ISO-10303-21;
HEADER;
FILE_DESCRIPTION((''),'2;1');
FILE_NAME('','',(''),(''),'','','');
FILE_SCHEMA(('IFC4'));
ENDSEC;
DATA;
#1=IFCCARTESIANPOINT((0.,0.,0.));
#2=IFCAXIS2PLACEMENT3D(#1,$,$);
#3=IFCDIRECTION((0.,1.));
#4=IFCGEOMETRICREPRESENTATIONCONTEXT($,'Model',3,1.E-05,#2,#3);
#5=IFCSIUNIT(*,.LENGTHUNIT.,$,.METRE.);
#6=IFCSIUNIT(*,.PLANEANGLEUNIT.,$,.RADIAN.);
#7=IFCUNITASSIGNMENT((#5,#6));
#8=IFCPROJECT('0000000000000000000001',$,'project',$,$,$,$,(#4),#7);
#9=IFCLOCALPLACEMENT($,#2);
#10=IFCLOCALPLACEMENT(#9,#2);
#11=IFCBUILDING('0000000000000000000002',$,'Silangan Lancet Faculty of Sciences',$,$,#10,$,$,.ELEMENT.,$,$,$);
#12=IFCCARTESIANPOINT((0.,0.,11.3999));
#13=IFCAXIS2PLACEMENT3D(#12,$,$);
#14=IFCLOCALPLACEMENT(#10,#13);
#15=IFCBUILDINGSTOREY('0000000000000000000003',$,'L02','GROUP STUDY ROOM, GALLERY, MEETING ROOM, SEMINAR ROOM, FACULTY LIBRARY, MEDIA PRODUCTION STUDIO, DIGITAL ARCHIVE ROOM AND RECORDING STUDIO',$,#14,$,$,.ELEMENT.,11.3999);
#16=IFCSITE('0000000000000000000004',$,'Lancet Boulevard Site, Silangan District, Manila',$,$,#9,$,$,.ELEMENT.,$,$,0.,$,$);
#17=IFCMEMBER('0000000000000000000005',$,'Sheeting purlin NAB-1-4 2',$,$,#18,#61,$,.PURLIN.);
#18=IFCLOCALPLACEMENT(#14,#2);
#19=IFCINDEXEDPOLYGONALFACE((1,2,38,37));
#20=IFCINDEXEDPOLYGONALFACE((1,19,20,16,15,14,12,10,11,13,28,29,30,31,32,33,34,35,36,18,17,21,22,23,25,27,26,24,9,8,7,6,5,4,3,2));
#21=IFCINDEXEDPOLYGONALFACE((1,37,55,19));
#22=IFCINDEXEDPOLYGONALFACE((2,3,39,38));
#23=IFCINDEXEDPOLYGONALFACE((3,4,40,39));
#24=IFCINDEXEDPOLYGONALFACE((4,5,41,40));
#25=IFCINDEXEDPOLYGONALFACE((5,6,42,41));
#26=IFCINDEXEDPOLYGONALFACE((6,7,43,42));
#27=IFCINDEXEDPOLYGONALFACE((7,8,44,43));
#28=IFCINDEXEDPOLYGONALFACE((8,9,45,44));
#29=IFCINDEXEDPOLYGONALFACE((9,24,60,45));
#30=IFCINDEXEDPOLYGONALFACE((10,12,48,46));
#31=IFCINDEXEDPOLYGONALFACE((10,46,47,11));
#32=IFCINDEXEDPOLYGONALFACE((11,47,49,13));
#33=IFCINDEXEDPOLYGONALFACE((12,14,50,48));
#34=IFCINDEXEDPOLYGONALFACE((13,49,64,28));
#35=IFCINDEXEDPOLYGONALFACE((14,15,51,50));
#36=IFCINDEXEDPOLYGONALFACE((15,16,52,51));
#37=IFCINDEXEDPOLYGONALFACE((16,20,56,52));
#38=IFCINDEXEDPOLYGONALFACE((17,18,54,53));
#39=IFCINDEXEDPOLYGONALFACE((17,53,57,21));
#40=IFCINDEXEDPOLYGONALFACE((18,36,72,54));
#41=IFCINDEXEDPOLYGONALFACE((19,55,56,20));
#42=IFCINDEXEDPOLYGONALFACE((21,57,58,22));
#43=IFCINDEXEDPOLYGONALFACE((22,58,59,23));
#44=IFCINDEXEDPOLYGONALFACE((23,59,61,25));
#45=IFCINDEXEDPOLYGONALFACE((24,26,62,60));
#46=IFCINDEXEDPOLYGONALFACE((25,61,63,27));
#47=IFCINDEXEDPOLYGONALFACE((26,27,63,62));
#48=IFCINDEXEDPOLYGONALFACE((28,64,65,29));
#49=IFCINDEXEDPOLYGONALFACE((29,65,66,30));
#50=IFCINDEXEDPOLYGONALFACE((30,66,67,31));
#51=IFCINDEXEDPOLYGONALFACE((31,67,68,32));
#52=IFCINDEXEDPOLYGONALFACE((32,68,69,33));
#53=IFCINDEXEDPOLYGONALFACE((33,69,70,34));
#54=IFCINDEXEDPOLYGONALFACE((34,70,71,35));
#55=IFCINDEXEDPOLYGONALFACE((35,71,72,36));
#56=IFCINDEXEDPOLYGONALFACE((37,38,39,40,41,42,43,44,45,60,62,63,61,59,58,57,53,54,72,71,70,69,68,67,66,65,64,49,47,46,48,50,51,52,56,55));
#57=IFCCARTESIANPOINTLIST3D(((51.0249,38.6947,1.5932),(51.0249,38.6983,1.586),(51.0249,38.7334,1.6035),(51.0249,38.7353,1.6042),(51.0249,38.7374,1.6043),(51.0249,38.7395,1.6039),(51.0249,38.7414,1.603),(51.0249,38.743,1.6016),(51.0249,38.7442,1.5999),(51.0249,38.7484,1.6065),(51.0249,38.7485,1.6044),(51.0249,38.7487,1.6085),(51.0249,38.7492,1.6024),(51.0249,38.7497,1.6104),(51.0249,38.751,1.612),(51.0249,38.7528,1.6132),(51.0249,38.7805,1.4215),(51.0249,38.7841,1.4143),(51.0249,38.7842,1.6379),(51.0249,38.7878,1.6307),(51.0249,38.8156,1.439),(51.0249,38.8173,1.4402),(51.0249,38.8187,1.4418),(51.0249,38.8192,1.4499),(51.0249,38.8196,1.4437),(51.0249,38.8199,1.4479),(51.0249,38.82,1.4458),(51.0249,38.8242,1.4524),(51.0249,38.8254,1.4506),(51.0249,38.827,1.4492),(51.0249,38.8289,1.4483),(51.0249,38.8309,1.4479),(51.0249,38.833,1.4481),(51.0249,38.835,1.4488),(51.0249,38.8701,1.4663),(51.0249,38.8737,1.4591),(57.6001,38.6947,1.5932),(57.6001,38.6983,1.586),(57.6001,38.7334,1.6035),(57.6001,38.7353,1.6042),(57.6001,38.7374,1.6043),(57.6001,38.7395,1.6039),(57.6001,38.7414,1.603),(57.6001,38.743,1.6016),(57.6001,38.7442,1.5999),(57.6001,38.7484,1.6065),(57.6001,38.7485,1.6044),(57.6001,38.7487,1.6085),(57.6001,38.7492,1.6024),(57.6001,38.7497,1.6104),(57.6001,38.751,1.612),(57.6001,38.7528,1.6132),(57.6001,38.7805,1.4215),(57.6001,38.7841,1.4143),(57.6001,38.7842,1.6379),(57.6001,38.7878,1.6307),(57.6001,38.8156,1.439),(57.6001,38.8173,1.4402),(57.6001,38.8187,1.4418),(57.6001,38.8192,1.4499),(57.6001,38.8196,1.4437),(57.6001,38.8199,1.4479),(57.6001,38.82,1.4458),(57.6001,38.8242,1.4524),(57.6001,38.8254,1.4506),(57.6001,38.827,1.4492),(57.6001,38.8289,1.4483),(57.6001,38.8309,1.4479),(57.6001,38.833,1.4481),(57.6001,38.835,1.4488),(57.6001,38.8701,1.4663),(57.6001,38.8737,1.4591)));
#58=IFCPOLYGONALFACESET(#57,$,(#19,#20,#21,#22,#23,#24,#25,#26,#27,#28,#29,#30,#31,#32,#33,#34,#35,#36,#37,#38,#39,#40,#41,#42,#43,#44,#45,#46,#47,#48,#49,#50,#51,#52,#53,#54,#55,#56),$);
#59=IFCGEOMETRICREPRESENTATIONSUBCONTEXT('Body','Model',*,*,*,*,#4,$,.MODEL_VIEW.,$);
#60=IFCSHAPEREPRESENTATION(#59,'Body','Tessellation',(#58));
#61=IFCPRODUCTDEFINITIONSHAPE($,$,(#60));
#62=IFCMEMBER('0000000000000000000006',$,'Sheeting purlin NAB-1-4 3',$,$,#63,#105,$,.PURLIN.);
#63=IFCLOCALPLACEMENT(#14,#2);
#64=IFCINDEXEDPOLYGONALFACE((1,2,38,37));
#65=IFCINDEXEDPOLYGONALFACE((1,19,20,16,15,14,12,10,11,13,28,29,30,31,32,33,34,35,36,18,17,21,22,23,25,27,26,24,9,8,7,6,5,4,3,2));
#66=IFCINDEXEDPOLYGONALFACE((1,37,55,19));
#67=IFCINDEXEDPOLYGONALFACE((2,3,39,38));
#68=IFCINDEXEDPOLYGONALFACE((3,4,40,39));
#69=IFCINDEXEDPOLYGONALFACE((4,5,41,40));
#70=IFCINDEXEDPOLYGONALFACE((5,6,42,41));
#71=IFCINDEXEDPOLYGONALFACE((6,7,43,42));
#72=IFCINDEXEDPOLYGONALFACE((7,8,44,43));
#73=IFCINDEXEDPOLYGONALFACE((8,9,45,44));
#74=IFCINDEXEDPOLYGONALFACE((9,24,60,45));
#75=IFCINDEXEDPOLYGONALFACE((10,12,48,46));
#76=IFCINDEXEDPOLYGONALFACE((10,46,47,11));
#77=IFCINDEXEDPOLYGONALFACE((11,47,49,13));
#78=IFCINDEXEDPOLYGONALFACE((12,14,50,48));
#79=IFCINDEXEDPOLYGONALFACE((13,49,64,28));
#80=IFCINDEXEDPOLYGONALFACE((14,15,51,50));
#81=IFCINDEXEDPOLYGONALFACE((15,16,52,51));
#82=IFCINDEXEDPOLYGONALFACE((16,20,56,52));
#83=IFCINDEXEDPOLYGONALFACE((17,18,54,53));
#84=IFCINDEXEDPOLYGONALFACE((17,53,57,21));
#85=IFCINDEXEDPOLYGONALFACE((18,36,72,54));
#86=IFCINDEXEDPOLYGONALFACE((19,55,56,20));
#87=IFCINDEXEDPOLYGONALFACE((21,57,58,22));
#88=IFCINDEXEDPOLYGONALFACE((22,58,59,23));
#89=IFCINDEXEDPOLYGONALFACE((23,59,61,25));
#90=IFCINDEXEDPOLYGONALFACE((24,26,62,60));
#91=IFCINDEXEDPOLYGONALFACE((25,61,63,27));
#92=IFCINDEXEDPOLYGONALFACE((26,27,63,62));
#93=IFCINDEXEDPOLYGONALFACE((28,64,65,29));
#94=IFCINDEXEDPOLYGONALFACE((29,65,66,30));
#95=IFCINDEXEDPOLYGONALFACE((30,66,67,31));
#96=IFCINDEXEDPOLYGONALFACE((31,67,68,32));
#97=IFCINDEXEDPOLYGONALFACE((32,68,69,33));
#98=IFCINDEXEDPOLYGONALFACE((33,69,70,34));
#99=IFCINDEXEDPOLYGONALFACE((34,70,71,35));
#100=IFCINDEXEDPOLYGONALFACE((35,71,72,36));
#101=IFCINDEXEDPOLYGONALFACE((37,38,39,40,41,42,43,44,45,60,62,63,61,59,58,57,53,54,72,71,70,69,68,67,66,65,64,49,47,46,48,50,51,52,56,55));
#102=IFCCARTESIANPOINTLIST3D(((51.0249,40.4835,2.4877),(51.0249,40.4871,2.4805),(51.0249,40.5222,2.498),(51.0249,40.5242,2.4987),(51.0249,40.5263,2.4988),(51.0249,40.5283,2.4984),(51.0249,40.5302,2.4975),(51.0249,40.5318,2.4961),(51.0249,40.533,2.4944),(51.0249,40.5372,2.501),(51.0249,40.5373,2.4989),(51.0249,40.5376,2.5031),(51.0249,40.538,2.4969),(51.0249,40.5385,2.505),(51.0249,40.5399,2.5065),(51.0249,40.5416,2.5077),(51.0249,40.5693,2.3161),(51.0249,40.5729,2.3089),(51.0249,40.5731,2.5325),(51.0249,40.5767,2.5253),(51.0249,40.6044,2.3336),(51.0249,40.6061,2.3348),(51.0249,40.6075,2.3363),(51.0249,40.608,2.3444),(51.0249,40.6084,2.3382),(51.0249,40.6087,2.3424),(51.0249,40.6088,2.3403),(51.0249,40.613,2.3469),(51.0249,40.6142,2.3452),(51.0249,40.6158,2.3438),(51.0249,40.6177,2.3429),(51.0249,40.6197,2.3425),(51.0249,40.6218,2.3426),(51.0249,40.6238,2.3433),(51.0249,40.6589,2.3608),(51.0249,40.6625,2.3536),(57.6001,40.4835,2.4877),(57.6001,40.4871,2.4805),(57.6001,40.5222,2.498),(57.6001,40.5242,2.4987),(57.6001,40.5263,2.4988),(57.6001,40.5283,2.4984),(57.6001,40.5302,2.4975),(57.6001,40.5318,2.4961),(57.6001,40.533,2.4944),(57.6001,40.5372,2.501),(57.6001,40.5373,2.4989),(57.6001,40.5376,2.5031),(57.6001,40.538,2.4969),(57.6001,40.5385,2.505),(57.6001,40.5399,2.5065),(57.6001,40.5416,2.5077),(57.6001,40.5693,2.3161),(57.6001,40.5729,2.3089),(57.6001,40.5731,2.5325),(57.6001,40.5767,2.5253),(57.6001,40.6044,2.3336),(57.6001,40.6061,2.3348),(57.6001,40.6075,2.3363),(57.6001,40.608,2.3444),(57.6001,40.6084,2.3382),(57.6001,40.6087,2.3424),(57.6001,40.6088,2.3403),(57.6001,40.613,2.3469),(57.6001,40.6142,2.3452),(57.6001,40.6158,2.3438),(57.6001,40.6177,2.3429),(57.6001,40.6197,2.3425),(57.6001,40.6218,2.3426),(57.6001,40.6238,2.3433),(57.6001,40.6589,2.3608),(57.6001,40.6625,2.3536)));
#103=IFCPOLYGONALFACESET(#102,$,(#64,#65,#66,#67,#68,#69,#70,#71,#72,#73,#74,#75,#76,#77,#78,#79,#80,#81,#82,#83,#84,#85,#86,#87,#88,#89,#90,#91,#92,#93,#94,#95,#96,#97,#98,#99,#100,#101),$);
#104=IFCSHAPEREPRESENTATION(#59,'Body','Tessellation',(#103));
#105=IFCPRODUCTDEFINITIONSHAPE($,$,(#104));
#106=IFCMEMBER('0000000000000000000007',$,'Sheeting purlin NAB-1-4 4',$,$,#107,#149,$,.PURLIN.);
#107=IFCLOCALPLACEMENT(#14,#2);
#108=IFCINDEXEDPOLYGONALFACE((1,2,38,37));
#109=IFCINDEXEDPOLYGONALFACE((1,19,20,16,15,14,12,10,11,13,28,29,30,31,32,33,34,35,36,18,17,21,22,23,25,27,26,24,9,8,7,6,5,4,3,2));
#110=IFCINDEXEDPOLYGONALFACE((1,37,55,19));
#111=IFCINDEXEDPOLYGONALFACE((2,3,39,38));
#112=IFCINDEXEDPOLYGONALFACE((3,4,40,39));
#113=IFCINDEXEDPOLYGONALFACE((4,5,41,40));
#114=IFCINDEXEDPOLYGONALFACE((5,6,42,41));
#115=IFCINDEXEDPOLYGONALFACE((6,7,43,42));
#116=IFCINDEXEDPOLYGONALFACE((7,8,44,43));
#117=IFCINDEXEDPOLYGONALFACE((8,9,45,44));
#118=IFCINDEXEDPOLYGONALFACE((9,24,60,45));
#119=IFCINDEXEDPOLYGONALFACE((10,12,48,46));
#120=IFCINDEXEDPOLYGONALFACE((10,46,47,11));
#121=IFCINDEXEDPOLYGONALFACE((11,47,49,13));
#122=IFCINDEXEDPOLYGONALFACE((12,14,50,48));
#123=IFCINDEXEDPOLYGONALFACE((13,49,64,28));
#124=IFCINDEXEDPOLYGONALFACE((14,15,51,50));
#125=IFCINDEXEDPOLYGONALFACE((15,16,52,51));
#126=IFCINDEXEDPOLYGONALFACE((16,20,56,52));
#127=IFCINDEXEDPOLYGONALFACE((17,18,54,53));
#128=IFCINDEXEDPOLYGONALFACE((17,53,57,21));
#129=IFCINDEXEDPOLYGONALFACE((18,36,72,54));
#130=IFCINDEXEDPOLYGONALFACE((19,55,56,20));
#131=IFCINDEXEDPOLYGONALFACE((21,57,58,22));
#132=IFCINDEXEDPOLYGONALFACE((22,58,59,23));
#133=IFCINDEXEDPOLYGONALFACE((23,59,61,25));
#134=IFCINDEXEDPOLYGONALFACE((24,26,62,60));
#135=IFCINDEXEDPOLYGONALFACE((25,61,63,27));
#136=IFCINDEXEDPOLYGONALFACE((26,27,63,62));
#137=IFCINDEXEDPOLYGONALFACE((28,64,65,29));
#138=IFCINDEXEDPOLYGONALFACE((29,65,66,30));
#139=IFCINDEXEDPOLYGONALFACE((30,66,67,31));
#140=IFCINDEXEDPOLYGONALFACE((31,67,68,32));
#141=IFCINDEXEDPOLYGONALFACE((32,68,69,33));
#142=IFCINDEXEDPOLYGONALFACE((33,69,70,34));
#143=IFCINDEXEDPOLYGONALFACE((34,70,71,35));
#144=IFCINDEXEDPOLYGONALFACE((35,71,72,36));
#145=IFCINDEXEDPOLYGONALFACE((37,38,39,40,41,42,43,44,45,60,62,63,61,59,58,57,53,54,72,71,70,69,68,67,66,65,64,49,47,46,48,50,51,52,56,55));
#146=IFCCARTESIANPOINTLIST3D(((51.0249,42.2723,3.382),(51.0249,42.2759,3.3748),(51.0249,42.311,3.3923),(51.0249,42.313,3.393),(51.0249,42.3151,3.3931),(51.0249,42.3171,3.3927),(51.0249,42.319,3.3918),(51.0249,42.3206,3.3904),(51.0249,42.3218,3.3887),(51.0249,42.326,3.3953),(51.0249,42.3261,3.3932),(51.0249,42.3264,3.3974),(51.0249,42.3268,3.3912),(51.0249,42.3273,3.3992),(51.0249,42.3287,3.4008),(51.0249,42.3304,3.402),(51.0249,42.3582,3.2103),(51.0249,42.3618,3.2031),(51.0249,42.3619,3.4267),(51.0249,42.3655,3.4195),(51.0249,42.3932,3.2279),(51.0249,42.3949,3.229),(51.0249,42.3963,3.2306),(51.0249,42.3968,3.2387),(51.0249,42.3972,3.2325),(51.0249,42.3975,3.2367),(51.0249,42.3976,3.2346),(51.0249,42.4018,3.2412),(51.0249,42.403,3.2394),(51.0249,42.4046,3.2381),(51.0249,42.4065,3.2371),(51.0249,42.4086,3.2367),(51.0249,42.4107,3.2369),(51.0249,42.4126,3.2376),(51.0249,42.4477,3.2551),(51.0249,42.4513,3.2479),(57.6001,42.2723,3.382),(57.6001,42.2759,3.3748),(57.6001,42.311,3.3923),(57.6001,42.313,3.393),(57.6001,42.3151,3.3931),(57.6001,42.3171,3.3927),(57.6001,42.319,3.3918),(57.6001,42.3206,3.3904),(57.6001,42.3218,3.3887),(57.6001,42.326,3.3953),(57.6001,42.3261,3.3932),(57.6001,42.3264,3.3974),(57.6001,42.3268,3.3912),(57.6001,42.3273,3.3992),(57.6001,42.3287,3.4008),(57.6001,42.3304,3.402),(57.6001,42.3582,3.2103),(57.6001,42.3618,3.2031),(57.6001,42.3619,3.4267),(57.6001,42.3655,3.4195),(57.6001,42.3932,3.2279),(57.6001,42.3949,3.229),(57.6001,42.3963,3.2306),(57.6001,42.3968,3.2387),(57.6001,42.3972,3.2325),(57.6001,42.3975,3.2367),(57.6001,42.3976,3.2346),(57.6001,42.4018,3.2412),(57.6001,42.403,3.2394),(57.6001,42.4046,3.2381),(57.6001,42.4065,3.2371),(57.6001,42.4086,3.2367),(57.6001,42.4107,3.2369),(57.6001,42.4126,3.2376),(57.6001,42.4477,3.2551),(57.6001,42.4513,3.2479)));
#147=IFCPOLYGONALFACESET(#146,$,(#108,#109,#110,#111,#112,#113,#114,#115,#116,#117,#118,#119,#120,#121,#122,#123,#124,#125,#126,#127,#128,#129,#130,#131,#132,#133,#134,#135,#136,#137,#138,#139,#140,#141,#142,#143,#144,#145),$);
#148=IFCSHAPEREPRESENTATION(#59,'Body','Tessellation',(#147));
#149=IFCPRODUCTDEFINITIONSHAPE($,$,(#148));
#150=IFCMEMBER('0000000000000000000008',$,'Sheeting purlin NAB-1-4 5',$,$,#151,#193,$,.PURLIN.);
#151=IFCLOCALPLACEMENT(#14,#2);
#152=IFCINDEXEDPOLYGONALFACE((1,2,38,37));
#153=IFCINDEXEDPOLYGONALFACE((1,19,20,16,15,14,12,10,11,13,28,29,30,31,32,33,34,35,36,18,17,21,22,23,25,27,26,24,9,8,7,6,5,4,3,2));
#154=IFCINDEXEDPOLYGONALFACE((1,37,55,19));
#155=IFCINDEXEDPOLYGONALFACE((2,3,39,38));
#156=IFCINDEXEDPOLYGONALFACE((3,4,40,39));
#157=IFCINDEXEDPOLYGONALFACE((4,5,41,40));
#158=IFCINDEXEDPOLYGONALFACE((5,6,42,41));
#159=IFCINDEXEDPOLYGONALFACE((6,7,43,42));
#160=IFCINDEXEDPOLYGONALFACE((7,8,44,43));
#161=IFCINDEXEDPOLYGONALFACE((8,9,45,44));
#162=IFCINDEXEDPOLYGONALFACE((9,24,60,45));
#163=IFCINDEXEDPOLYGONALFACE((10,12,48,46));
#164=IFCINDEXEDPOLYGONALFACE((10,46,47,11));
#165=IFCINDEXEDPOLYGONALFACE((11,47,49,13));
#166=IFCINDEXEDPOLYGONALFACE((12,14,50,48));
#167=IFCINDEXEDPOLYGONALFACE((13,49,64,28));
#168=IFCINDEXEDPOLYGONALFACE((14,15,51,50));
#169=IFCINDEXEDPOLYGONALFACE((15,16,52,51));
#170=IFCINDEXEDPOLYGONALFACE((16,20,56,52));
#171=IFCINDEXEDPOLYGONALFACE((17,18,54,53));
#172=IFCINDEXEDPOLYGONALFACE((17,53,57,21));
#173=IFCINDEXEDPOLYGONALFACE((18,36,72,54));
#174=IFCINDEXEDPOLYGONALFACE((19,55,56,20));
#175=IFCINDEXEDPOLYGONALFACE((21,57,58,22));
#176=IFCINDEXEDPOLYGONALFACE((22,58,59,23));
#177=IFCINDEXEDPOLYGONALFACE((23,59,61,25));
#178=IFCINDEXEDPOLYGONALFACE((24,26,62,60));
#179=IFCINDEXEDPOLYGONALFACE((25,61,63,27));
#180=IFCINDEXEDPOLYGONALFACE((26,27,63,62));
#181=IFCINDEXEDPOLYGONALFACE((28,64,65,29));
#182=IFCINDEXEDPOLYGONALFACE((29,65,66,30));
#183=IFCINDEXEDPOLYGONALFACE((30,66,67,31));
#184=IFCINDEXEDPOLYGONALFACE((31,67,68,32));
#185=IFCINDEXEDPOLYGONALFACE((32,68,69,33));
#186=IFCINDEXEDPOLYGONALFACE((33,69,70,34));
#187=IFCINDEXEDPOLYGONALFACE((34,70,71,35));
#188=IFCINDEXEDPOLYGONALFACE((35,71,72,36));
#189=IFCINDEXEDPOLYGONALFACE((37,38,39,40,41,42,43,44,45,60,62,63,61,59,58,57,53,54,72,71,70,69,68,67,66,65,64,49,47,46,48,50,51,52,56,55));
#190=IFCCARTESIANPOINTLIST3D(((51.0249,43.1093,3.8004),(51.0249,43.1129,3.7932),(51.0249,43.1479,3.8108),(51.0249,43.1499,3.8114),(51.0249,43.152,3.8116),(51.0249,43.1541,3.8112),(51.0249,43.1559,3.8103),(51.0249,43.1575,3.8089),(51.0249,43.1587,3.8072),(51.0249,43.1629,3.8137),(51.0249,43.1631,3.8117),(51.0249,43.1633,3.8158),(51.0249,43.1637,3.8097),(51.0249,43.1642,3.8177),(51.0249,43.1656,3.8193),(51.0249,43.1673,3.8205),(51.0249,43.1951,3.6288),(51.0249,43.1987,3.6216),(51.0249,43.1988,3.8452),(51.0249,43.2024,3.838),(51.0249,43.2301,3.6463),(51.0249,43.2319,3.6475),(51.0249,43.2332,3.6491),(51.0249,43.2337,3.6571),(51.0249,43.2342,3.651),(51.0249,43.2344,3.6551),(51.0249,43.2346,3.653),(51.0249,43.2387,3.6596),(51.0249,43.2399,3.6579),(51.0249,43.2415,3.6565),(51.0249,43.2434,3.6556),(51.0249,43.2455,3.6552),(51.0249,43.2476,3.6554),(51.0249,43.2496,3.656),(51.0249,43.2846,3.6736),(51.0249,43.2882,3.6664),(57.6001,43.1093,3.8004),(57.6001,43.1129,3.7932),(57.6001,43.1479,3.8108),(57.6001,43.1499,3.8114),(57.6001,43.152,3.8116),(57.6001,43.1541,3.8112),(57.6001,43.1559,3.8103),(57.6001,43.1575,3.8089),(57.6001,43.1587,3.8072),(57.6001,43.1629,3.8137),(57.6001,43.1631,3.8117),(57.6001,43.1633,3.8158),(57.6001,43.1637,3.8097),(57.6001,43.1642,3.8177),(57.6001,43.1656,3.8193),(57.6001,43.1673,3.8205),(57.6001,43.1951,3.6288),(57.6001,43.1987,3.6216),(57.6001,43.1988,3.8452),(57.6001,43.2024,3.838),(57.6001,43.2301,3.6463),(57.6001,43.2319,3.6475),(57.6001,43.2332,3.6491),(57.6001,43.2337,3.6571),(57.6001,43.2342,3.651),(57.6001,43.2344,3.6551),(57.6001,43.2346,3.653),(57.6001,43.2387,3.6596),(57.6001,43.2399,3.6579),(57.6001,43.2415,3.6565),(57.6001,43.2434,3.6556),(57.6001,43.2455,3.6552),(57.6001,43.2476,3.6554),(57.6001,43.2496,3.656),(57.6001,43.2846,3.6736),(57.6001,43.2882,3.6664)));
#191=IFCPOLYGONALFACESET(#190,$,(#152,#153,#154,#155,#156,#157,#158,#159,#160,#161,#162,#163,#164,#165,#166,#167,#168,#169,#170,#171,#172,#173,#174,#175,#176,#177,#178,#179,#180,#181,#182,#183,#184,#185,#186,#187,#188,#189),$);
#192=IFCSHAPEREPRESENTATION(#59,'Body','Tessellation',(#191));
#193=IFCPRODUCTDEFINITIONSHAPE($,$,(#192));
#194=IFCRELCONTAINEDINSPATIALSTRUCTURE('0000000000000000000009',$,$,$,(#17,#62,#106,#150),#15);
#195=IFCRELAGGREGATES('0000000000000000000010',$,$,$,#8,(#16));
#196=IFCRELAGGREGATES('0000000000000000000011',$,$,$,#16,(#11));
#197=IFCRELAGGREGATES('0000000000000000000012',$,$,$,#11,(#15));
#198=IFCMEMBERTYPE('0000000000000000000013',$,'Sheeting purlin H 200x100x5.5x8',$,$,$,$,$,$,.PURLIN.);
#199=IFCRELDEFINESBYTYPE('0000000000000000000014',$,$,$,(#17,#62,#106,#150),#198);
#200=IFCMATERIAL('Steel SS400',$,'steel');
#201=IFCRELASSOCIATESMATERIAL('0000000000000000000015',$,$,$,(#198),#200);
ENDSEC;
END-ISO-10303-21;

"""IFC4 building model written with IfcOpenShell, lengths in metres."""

from ifc_helpers import new_model, si_unit, direction, frame, origin, origin_2d, place, context, subcontext, project, spatial, i_section, extrude, material, material_profile, profile_set, type_object, element, save


model = new_model("IFC4")

# Units and contexts
model_context = context("Model", 3, precision=1e-05, world=origin(), true_north=direction((0.0, 1.0)))
body_context = subcontext(model_context, "Body", "Model", "MODEL_VIEW")
ifc_project = project(units=[si_unit("LENGTHUNIT", "METRE"), si_unit("PLANEANGLEUNIT", "RADIAN")], contexts=[model_context])

# Site, building, storey
site_placement = place(None, origin())
site = spatial("IfcSite", under=ifc_project, at=site_placement, Name="Lancet Boulevard Site, Silangan District, Manila", CompositionType="ELEMENT", RefElevation=0.0)
building_placement = place(site_placement, origin())
building = spatial("IfcBuilding", under=site, at=building_placement, Name="Silangan Lancet Faculty of Sciences", CompositionType="ELEMENT")
storey_placement = place(building_placement, frame((0.0, 0.0, 11.3999)))
storey = spatial("IfcBuildingStorey", under=building, at=storey_placement, Name="L02", Description="GROUP STUDY ROOM, GALLERY, MEETING ROOM, SEMINAR ROOM, FACULTY LIBRARY, MEDIA PRODUCTION STUDIO, DIGITAL ARCHIVE ROOM AND RECORDING STUDIO", CompositionType="ELEMENT", Elevation=11.3999)

# Members
ifc_material_1 = material(Name="Steel SS400", Category="steel")
ifc_material_profile_1 = material_profile(ifc_material_1, i_section(OverallWidth=0.1001, OverallDepth=0.2, WebThickness=0.0056, FlangeThickness=0.0081, FilletRadius=0.0081, at=origin_2d()), Name="H 200x100x5.5x8")
ifc_profile_set_1 = profile_set([ifc_material_profile_1], Name="Steel SS400")
member_type_1 = type_object("IfcMemberType", Name="Sheeting purlin H 200x100x5.5x8", PredefinedType="PURLIN", material=ifc_profile_set_1)
for number, where, z_axis, x_axis, name in (
    (1, (51.0249, 38.7842, 1.5261), (1.0, 0.0, 0.0), (0.0, 0.894427, 0.447214), "Sheeting purlin NAB-1-4 2"),
    (2, (51.0249, 40.573, 2.4207), (1.0, 0.0, 0.0), (0.0, 0.894427, 0.447214), "Sheeting purlin NAB-1-4 3"),
    (3, (51.0249, 42.3618, 3.3149), (1.0, 0.0, 0.0), (0.0, 0.894427, 0.447214), "Sheeting purlin NAB-1-4 4"),
    (4, (51.0249, 43.1987, 3.7334), (1.0, 0.0, 0.0), (0.0, 0.894427, 0.447214), "Sheeting purlin NAB-1-4 5"),
):
    element("IfcMember", number, at=place(storey_placement, frame(where, z_axis=z_axis, x_axis=x_axis)), inside=storey, type_object=member_type_1, Name=name, PredefinedType="PURLIN", context=body_context, shape_type="SweptSolid", body=[
        extrude(i_section(OverallWidth=0.1001, OverallDepth=0.2, WebThickness=0.0056, FlangeThickness=0.0081, FilletRadius=0.0081, at=origin_2d()), origin(), (0.0, 0.0, 1.0), 6.5752),
    ])

save(model, "model.ifc")
